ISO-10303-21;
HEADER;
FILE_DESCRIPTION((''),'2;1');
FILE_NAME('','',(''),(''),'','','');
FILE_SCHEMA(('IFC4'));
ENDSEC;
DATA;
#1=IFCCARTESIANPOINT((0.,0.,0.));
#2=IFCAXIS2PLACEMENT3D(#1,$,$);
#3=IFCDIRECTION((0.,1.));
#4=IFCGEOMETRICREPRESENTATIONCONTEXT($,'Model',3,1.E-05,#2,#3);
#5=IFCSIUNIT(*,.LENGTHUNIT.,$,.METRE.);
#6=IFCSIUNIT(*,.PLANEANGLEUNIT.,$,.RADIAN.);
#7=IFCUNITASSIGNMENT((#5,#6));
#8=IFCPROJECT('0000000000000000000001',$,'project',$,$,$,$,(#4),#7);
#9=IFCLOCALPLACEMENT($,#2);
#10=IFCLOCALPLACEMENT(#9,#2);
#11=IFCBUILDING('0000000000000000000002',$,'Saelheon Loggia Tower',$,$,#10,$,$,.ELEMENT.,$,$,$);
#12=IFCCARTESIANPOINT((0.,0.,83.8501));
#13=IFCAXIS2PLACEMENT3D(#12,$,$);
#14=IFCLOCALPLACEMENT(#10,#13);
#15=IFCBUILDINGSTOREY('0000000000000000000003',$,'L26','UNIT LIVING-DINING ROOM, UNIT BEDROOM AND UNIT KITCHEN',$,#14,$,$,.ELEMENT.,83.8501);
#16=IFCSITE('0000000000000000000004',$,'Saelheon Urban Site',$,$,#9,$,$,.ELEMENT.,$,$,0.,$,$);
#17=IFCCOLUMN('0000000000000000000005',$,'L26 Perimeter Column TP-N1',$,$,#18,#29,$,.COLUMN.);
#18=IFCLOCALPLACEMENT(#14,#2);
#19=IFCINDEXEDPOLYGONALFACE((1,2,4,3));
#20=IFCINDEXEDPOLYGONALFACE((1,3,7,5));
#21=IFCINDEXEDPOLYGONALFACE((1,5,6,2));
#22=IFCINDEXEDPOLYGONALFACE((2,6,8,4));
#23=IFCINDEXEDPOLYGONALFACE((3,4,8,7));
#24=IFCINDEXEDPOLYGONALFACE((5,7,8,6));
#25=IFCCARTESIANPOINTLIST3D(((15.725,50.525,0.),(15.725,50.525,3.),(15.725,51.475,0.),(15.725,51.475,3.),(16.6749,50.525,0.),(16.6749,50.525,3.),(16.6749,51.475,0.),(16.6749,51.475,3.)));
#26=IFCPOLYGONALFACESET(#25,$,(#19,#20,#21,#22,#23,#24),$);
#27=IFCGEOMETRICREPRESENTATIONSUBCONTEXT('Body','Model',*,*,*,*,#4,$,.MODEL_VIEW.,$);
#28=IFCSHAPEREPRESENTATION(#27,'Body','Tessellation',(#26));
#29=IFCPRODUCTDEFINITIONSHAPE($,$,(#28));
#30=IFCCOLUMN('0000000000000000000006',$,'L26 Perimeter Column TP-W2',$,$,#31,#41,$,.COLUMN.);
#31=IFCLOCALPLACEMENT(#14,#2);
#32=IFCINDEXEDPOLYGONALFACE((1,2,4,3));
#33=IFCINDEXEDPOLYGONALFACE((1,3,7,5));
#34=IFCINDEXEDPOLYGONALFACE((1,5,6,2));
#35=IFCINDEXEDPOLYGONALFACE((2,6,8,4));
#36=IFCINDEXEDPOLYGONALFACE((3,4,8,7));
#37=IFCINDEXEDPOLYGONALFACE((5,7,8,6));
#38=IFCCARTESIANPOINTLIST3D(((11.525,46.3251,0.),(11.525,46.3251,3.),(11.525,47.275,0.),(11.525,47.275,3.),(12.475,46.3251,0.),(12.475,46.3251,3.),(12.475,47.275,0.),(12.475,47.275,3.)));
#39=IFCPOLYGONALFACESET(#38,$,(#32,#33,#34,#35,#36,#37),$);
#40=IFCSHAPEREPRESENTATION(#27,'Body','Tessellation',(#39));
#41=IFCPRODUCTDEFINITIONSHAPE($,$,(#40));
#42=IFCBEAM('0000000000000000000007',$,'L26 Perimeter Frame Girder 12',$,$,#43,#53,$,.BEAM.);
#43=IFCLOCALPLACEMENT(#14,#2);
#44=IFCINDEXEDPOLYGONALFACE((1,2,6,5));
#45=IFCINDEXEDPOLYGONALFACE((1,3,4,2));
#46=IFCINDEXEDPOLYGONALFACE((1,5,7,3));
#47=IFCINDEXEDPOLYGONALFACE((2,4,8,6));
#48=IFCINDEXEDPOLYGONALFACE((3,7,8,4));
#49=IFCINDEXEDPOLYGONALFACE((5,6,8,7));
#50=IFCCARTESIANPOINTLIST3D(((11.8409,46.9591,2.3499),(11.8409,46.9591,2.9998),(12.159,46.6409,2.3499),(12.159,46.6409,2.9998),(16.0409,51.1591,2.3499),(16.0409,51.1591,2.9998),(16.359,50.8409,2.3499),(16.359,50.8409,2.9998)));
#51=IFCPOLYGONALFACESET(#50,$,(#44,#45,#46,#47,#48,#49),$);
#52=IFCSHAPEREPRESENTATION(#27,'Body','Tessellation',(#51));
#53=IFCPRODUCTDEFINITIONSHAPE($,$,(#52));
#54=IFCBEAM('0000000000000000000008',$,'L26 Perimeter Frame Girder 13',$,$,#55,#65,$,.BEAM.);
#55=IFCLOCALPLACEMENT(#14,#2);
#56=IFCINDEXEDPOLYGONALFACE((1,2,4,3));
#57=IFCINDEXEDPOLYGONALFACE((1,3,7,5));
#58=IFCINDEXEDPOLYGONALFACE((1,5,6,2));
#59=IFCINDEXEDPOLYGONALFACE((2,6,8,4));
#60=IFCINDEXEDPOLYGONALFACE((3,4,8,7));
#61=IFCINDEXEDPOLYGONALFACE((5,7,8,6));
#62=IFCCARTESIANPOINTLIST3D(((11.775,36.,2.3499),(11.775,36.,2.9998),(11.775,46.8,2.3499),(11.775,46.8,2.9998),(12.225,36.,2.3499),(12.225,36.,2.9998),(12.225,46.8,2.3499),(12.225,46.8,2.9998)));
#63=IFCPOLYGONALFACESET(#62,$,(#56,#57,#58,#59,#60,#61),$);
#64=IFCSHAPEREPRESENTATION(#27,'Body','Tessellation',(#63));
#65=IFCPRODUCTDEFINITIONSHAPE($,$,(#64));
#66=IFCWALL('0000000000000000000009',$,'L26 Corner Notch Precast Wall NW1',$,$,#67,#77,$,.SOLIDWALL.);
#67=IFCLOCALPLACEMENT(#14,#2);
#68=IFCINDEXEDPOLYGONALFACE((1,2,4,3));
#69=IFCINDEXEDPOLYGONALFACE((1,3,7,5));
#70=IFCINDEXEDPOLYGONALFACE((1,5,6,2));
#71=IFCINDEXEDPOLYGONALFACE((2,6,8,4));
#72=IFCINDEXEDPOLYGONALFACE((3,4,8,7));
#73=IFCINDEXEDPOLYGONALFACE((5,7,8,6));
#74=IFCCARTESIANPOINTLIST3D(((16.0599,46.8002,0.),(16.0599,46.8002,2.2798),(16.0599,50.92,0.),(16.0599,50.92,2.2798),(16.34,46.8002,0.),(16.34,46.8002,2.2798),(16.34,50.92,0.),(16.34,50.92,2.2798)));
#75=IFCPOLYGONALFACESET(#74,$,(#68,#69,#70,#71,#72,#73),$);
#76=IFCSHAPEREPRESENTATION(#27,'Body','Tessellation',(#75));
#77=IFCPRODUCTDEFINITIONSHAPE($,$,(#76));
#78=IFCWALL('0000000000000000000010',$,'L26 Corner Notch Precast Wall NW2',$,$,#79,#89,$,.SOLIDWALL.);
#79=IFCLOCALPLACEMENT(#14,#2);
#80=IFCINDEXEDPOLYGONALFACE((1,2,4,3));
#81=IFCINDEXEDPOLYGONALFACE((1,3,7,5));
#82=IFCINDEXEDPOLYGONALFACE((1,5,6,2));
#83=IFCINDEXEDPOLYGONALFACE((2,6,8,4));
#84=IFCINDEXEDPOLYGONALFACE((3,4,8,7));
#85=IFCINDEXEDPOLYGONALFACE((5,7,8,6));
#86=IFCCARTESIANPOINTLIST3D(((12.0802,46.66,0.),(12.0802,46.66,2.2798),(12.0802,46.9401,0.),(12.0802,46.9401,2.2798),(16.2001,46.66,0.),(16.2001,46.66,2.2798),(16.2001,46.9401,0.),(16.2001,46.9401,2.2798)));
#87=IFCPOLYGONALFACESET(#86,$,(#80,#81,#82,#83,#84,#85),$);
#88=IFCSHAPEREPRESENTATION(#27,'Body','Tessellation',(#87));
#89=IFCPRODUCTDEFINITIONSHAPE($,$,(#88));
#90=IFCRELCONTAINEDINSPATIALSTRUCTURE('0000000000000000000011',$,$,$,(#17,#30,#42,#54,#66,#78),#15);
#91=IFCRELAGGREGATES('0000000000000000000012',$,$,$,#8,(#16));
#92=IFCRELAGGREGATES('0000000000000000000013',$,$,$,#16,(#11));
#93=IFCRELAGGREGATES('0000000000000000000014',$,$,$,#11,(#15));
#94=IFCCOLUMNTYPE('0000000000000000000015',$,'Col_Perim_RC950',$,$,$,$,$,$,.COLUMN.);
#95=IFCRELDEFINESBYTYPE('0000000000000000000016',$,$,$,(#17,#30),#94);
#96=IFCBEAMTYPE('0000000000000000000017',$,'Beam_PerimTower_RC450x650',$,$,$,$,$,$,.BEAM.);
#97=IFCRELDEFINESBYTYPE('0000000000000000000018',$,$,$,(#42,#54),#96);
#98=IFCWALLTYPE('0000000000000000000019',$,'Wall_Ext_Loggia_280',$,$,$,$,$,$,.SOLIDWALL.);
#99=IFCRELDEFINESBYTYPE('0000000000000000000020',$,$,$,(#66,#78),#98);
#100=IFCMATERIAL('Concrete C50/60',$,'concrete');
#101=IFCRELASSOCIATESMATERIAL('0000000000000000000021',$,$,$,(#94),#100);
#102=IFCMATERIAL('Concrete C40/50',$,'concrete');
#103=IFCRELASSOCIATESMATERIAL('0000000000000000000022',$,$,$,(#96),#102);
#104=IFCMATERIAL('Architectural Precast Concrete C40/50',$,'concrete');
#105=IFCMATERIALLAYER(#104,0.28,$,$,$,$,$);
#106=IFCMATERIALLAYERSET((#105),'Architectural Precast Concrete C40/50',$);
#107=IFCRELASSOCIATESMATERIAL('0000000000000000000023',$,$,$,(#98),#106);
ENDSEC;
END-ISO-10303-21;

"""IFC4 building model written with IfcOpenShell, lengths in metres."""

from ifc_helpers import new_model, si_unit, direction, frame, frame_2d, origin, origin_2d, place, context, subcontext, project, spatial, rectangle, extrude, source, transform, mapped, material, layer, layer_set, material_profile, profile_set, type_object, element, save


model = new_model("IFC4")

# Units and contexts
model_context = context("Model", 3, precision=1e-05, world=origin(), true_north=direction((0.0, 1.0)))
body_context = subcontext(model_context, "Body", "Model", "MODEL_VIEW")
ifc_project = project(units=[si_unit("LENGTHUNIT", "METRE"), si_unit("PLANEANGLEUNIT", "RADIAN")], contexts=[model_context])

# Site, building, storey
site_placement = place(None, origin())
site = spatial("IfcSite", under=ifc_project, at=site_placement, Name="Saelheon Urban Site", CompositionType="ELEMENT", RefElevation=0.0)
building_placement = place(site_placement, origin())
building = spatial("IfcBuilding", under=site, at=building_placement, Name="Saelheon Loggia Tower", CompositionType="ELEMENT")
storey_placement = place(building_placement, frame((0.0, 0.0, 83.8501)))
storey = spatial("IfcBuildingStorey", under=building, at=storey_placement, Name="L26", Description="UNIT LIVING-DINING ROOM, UNIT BEDROOM AND UNIT KITCHEN", CompositionType="ELEMENT", Elevation=83.8501)

# Columns
ifc_material_1 = material(Name="Concrete C50/60", Category="concrete")
ifc_material_profile_1 = material_profile(ifc_material_1, rectangle(XDim=0.95, YDim=0.95, at=origin_2d()), Name="RC-950x950")
ifc_profile_set_1 = profile_set([ifc_material_profile_1], Name="Concrete C50/60")
column_type = type_object("IfcColumnType", Name="Col_Perim_RC950", PredefinedType="COLUMN", material=ifc_profile_set_1)
shared_shape_1 = source(origin(), body_context, "Body", "SweptSolid", [
    extrude(rectangle(XDim=0.95, YDim=0.95, at=origin_2d()), origin(), (0.0, 0.0, 1.0), 3.0),
])
for number, where, z_axis, x_axis, name in (
    (1, (16.2, 51.0, 0.0), (0.0, 0.0, 1.0), (1.0, 0.0, 0.0), "L26 Perimeter Column TP-N1"),
    (2, (12.0, 46.8, 0.0), (0.0, 0.0, 1.0), (1.0, 0.0, 0.0), "L26 Perimeter Column TP-W2"),
):
    element("IfcColumn", number, at=place(storey_placement, frame(where, z_axis=z_axis, x_axis=x_axis)), inside=storey, type_object=column_type, Name=name, PredefinedType="COLUMN", context=body_context, shape_type="MappedRepresentation", body=[
        mapped(shared_shape_1, transform((0.0, 0.0, 0.0), scale=1.0)),
    ])

# Beams
ifc_material_2 = material(Name="Concrete C40/50", Category="concrete")
ifc_material_profile_2 = material_profile(ifc_material_2, rectangle(XDim=0.45, YDim=0.6499, at=origin_2d()), Name="RC-450x650")
ifc_profile_set_2 = profile_set([ifc_material_profile_2], Name="Concrete C40/50")
beam_type = type_object("IfcBeamType", Name="Beam_PerimTower_RC450x650", PredefinedType="BEAM", material=ifc_profile_set_2)
shared_shape_2 = source(origin(), body_context, "Body", "SweptSolid", [
    extrude(rectangle(XDim=0.45, YDim=0.6499, at=origin_2d()), origin(), (0.0, 0.0, 1.0), 5.9397),
])
beam_1_placement = place(storey_placement, frame((16.2, 51.0, 2.6748), z_axis=(-0.707107, -0.707107, 0.0), x_axis=(0.707107, -0.707107, 0.0)))
element("IfcBeam", 3, at=beam_1_placement, inside=storey, type_object=beam_type, Name="L26 Perimeter Frame Girder 12", PredefinedType="BEAM", context=body_context, shape_type="MappedRepresentation", body=[
    mapped(shared_shape_2, transform((0.0, 0.0, 0.0), scale=1.0)),
])
shared_shape_3 = source(origin(), body_context, "Body", "SweptSolid", [
    extrude(rectangle(XDim=0.45, YDim=0.6499, at=origin_2d()), origin(), (0.0, 0.0, 1.0), 10.8),
])
beam_2_placement = place(storey_placement, frame((12.0, 46.8, 2.6748), z_axis=(0.0, -1.0, 0.0), x_axis=(1.0, 0.0, 0.0)))
element("IfcBeam", 4, at=beam_2_placement, inside=storey, type_object=beam_type, Name="L26 Perimeter Frame Girder 13", PredefinedType="BEAM", context=body_context, shape_type="MappedRepresentation", body=[
    mapped(shared_shape_3, transform((0.0, 0.0, 0.0), scale=1.0)),
])

# Shared definitions
ifc_material_3 = material(Name="Architectural Precast Concrete C40/50", Category="concrete")
ifc_layer = layer(ifc_material_3, 0.28)
ifc_layer_set = layer_set([ifc_layer], Name="Architectural Precast Concrete C40/50")
wall_type = type_object("IfcWallType", Name="Wall_Ext_Loggia_280", PredefinedType="SOLIDWALL", material=ifc_layer_set)

# Walls
for number, where, z_axis, x_axis, name in (
    (5, (16.2, 46.8, 0.0), (0.0, 0.0, 1.0), (0.0, 1.0, 0.0), "L26 Corner Notch Precast Wall NW1"),
    (6, (12.0801, 46.8, 0.0), (0.0, 0.0, 1.0), (1.0, 0.0, 0.0), "L26 Corner Notch Precast Wall NW2"),
):
    element("IfcWall", number, at=place(storey_placement, frame(where, z_axis=z_axis, x_axis=x_axis)), inside=storey, type_object=wall_type, Name=name, PredefinedType="SOLIDWALL", context=body_context, shape_type="SweptSolid", body=[
        extrude(rectangle(XDim=4.1199, YDim=0.28, at=frame_2d((2.0601, 0.0))), origin(), (0.0, 0.0, 1.0), 2.2798),
    ])

save(model, "model.ifc")
